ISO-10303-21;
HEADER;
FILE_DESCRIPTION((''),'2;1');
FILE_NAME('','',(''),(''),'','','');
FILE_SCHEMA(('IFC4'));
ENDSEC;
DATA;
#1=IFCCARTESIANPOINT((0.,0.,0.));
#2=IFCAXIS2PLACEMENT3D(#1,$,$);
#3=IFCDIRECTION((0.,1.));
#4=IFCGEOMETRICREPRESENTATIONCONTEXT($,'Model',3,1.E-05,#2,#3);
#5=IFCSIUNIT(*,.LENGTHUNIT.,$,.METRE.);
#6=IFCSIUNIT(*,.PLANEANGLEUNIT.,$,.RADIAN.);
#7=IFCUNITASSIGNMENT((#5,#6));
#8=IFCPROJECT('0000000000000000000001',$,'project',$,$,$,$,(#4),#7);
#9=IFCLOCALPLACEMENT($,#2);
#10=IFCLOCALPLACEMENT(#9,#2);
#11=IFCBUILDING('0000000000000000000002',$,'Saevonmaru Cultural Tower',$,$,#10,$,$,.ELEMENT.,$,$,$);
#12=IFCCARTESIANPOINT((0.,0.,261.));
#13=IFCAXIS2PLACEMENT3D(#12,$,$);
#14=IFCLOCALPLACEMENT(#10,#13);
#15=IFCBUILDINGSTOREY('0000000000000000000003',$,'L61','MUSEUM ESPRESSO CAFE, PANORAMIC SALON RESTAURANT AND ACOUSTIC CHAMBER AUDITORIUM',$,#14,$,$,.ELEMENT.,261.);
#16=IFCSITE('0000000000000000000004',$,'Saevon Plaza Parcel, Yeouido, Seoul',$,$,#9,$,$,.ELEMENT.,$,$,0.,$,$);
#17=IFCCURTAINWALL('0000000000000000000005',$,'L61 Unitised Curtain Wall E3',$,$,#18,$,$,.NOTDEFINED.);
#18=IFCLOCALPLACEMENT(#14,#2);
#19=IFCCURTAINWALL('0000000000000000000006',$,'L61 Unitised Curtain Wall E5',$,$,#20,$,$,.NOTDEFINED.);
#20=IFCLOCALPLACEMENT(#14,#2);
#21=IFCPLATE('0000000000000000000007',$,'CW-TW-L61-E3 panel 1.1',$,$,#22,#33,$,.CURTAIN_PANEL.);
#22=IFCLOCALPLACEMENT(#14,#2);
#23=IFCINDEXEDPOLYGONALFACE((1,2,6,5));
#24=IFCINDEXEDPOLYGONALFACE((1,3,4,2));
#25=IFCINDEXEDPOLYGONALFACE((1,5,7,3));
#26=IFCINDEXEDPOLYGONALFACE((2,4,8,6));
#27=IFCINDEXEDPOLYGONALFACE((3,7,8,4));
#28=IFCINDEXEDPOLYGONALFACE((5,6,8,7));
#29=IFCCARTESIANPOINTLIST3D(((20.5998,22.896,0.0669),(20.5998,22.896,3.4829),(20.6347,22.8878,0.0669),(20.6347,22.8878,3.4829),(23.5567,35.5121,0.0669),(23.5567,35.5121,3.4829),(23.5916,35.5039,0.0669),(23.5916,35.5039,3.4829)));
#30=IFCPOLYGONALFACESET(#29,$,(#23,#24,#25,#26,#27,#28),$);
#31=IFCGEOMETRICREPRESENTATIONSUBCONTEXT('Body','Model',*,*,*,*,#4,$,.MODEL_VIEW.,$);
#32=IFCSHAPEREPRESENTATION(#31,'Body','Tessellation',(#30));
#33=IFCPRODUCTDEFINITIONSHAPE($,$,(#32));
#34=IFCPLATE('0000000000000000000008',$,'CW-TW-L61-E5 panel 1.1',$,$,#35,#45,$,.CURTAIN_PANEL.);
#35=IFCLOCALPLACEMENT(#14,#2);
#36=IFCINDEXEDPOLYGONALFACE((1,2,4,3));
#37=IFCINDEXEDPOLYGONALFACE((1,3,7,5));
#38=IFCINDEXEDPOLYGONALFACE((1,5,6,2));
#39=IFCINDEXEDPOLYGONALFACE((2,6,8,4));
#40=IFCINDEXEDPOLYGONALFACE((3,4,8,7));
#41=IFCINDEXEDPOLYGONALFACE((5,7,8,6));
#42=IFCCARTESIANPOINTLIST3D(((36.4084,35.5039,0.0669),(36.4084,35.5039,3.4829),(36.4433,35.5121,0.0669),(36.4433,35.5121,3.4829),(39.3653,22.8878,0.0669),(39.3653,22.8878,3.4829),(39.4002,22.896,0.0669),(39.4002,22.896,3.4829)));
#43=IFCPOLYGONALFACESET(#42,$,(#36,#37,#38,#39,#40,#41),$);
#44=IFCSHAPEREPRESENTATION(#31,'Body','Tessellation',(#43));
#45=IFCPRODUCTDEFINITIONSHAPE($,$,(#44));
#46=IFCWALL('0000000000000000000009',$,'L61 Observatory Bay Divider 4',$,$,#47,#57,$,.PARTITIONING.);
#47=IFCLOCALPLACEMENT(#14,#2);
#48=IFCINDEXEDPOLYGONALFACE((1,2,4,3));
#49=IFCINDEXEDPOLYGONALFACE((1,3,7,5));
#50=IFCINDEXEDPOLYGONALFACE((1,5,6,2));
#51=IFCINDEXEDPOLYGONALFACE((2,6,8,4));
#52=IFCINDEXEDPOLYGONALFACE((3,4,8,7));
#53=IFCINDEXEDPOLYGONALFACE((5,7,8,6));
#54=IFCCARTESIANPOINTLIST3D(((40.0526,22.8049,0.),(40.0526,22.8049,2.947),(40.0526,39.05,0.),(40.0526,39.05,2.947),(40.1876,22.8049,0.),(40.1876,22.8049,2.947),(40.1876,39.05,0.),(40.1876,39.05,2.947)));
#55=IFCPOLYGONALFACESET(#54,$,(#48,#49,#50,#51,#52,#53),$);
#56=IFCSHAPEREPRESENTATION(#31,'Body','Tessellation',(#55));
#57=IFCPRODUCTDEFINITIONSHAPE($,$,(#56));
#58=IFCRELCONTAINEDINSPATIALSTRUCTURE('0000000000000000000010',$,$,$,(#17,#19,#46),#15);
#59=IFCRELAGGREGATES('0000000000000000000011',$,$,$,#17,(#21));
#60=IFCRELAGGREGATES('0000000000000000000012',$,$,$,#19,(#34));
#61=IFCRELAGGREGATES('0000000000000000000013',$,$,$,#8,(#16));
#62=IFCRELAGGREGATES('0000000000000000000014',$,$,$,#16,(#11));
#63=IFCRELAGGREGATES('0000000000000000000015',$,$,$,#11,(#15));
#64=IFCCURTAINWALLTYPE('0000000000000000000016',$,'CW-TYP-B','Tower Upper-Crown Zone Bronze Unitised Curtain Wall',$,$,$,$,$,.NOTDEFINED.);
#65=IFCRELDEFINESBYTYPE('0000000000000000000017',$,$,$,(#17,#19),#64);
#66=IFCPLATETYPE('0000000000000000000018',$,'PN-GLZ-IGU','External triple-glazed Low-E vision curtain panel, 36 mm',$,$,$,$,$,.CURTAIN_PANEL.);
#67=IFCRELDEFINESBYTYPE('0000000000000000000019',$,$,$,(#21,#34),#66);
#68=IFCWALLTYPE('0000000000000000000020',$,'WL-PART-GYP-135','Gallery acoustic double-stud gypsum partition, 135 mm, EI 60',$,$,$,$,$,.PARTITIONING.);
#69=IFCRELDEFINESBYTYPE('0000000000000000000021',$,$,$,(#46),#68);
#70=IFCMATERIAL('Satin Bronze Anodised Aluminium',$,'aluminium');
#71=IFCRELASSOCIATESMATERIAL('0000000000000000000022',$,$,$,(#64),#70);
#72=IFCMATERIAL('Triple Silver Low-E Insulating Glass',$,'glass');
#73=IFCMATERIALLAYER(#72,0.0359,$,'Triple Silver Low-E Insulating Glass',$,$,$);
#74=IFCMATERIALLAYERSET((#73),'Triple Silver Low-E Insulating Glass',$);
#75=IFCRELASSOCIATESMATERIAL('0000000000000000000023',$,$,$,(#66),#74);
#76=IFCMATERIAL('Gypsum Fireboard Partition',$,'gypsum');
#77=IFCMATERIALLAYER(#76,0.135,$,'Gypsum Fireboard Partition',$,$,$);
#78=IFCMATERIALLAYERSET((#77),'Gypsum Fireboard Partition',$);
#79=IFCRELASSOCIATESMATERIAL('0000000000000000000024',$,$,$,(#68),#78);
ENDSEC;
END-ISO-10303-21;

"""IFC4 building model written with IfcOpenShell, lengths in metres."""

from ifc_helpers import new_model, si_unit, direction, frame, frame_2d, origin, origin_2d, place, context, subcontext, project, spatial, rectangle, extrude, material, layer, layer_set, type_object, element, aggregate, save


model = new_model("IFC4")

# Units and contexts
model_context = context("Model", 3, precision=1e-05, world=origin(), true_north=direction((0.0, 1.0)))
body_context = subcontext(model_context, "Body", "Model", "MODEL_VIEW")
ifc_project = project(units=[si_unit("LENGTHUNIT", "METRE"), si_unit("PLANEANGLEUNIT", "RADIAN")], contexts=[model_context])

# Site, building, storey
site_placement = place(None, origin())
site = spatial("IfcSite", under=ifc_project, at=site_placement, Name="Saevon Plaza Parcel, Yeouido, Seoul", CompositionType="ELEMENT", RefElevation=0.0)
building_placement = place(site_placement, origin())
building = spatial("IfcBuilding", under=site, at=building_placement, Name="Saevonmaru Cultural Tower", CompositionType="ELEMENT")
storey_placement = place(building_placement, frame((0.0, 0.0, 261.0)))
storey = spatial("IfcBuildingStorey", under=building, at=storey_placement, Name="L61", Description="MUSEUM ESPRESSO CAFE, PANORAMIC SALON RESTAURANT AND ACOUSTIC CHAMBER AUDITORIUM", CompositionType="ELEMENT", Elevation=261.0)

# Curtain wall
ifc_material_1 = material(Name="Satin Bronze Anodised Aluminium", Category="aluminium")
curtain_wall_type = type_object("IfcCurtainWallType", Name="CW-TYP-B", Description="Tower Upper-Crown Zone Bronze Unitised Curtain Wall", PredefinedType="NOTDEFINED", material=ifc_material_1)
curtain_wall_1_placement = place(storey_placement, origin())
curtain_wall_1 = element("IfcCurtainWall", 1, at=curtain_wall_1_placement, inside=storey, type_object=curtain_wall_type, Name="L61 Unitised Curtain Wall E3", PredefinedType="NOTDEFINED")

# Curtain wall
curtain_wall_2_placement = place(storey_placement, origin())
curtain_wall_2 = element("IfcCurtainWall", 2, at=curtain_wall_2_placement, inside=storey, type_object=curtain_wall_type, Name="L61 Unitised Curtain Wall E5", PredefinedType="NOTDEFINED")

# Plates
ifc_material_2 = material(Name="Triple Silver Low-E Insulating Glass", Category="glass")
ifc_layer_1 = layer(ifc_material_2, 0.0359, Name="Triple Silver Low-E Insulating Glass")
ifc_layer_set_1 = layer_set([ifc_layer_1], Name="Triple Silver Low-E Insulating Glass")
plate_type = type_object("IfcPlateType", Name="PN-GLZ-IGU", Description="External triple-glazed Low-E vision curtain panel, 36 mm", PredefinedType="CURTAIN_PANEL", material=ifc_layer_set_1)
plate_1_placement = place(storey_placement, frame((22.0957, 29.2, 0.0669), z_axis=(0.0, 0.0, 1.0), x_axis=(0.22819, 0.973617, 0.0)))
plate_1 = element("IfcPlate", 3, at=plate_1_placement, type_object=plate_type, Name="CW-TW-L61-E3 panel 1.1", PredefinedType="CURTAIN_PANEL", context=body_context, shape_type="SweptSolid", body=[
    extrude(rectangle(XDim=12.958, YDim=0.0359, at=origin_2d()), origin(), (0.0, 0.0, 1.0), 3.416),
])
aggregate(curtain_wall_1, [plate_1])
plate_2_placement = place(storey_placement, frame((37.9043, 29.2, 0.0669), z_axis=(0.0, 0.0, 1.0), x_axis=(0.22819, -0.973617, 0.0)))
plate_2 = element("IfcPlate", 4, at=plate_2_placement, type_object=plate_type, Name="CW-TW-L61-E5 panel 1.1", PredefinedType="CURTAIN_PANEL", context=body_context, shape_type="SweptSolid", body=[
    extrude(rectangle(XDim=12.958, YDim=0.0359, at=origin_2d()), origin(), (0.0, 0.0, 1.0), 3.416),
])
aggregate(curtain_wall_2, [plate_2])

# Wall
ifc_material_3 = material(Name="Gypsum Fireboard Partition", Category="gypsum")
ifc_layer_2 = layer(ifc_material_3, 0.135, Name="Gypsum Fireboard Partition")
ifc_layer_set_2 = layer_set([ifc_layer_2], Name="Gypsum Fireboard Partition")
wall_type = type_object("IfcWallType", Name="WL-PART-GYP-135", Description="Gallery acoustic double-stud gypsum partition, 135 mm, EI 60", PredefinedType="PARTITIONING", material=ifc_layer_set_2)
wall_placement = place(storey_placement, frame((40.1201, 22.8049, 0.0), z_axis=(0.0, 0.0, 1.0), x_axis=(0.0, 1.0, 0.0)))
element("IfcWall", 5, at=wall_placement, inside=storey, type_object=wall_type, Name="L61 Observatory Bay Divider 4", PredefinedType="PARTITIONING", context=body_context, shape_type="SweptSolid", body=[
    extrude(rectangle(XDim=16.2451, YDim=0.135, at=frame_2d((8.1226, 0.0))), origin(), (0.0, 0.0, 1.0), 2.947),
])

save(model, "model.ifc")
